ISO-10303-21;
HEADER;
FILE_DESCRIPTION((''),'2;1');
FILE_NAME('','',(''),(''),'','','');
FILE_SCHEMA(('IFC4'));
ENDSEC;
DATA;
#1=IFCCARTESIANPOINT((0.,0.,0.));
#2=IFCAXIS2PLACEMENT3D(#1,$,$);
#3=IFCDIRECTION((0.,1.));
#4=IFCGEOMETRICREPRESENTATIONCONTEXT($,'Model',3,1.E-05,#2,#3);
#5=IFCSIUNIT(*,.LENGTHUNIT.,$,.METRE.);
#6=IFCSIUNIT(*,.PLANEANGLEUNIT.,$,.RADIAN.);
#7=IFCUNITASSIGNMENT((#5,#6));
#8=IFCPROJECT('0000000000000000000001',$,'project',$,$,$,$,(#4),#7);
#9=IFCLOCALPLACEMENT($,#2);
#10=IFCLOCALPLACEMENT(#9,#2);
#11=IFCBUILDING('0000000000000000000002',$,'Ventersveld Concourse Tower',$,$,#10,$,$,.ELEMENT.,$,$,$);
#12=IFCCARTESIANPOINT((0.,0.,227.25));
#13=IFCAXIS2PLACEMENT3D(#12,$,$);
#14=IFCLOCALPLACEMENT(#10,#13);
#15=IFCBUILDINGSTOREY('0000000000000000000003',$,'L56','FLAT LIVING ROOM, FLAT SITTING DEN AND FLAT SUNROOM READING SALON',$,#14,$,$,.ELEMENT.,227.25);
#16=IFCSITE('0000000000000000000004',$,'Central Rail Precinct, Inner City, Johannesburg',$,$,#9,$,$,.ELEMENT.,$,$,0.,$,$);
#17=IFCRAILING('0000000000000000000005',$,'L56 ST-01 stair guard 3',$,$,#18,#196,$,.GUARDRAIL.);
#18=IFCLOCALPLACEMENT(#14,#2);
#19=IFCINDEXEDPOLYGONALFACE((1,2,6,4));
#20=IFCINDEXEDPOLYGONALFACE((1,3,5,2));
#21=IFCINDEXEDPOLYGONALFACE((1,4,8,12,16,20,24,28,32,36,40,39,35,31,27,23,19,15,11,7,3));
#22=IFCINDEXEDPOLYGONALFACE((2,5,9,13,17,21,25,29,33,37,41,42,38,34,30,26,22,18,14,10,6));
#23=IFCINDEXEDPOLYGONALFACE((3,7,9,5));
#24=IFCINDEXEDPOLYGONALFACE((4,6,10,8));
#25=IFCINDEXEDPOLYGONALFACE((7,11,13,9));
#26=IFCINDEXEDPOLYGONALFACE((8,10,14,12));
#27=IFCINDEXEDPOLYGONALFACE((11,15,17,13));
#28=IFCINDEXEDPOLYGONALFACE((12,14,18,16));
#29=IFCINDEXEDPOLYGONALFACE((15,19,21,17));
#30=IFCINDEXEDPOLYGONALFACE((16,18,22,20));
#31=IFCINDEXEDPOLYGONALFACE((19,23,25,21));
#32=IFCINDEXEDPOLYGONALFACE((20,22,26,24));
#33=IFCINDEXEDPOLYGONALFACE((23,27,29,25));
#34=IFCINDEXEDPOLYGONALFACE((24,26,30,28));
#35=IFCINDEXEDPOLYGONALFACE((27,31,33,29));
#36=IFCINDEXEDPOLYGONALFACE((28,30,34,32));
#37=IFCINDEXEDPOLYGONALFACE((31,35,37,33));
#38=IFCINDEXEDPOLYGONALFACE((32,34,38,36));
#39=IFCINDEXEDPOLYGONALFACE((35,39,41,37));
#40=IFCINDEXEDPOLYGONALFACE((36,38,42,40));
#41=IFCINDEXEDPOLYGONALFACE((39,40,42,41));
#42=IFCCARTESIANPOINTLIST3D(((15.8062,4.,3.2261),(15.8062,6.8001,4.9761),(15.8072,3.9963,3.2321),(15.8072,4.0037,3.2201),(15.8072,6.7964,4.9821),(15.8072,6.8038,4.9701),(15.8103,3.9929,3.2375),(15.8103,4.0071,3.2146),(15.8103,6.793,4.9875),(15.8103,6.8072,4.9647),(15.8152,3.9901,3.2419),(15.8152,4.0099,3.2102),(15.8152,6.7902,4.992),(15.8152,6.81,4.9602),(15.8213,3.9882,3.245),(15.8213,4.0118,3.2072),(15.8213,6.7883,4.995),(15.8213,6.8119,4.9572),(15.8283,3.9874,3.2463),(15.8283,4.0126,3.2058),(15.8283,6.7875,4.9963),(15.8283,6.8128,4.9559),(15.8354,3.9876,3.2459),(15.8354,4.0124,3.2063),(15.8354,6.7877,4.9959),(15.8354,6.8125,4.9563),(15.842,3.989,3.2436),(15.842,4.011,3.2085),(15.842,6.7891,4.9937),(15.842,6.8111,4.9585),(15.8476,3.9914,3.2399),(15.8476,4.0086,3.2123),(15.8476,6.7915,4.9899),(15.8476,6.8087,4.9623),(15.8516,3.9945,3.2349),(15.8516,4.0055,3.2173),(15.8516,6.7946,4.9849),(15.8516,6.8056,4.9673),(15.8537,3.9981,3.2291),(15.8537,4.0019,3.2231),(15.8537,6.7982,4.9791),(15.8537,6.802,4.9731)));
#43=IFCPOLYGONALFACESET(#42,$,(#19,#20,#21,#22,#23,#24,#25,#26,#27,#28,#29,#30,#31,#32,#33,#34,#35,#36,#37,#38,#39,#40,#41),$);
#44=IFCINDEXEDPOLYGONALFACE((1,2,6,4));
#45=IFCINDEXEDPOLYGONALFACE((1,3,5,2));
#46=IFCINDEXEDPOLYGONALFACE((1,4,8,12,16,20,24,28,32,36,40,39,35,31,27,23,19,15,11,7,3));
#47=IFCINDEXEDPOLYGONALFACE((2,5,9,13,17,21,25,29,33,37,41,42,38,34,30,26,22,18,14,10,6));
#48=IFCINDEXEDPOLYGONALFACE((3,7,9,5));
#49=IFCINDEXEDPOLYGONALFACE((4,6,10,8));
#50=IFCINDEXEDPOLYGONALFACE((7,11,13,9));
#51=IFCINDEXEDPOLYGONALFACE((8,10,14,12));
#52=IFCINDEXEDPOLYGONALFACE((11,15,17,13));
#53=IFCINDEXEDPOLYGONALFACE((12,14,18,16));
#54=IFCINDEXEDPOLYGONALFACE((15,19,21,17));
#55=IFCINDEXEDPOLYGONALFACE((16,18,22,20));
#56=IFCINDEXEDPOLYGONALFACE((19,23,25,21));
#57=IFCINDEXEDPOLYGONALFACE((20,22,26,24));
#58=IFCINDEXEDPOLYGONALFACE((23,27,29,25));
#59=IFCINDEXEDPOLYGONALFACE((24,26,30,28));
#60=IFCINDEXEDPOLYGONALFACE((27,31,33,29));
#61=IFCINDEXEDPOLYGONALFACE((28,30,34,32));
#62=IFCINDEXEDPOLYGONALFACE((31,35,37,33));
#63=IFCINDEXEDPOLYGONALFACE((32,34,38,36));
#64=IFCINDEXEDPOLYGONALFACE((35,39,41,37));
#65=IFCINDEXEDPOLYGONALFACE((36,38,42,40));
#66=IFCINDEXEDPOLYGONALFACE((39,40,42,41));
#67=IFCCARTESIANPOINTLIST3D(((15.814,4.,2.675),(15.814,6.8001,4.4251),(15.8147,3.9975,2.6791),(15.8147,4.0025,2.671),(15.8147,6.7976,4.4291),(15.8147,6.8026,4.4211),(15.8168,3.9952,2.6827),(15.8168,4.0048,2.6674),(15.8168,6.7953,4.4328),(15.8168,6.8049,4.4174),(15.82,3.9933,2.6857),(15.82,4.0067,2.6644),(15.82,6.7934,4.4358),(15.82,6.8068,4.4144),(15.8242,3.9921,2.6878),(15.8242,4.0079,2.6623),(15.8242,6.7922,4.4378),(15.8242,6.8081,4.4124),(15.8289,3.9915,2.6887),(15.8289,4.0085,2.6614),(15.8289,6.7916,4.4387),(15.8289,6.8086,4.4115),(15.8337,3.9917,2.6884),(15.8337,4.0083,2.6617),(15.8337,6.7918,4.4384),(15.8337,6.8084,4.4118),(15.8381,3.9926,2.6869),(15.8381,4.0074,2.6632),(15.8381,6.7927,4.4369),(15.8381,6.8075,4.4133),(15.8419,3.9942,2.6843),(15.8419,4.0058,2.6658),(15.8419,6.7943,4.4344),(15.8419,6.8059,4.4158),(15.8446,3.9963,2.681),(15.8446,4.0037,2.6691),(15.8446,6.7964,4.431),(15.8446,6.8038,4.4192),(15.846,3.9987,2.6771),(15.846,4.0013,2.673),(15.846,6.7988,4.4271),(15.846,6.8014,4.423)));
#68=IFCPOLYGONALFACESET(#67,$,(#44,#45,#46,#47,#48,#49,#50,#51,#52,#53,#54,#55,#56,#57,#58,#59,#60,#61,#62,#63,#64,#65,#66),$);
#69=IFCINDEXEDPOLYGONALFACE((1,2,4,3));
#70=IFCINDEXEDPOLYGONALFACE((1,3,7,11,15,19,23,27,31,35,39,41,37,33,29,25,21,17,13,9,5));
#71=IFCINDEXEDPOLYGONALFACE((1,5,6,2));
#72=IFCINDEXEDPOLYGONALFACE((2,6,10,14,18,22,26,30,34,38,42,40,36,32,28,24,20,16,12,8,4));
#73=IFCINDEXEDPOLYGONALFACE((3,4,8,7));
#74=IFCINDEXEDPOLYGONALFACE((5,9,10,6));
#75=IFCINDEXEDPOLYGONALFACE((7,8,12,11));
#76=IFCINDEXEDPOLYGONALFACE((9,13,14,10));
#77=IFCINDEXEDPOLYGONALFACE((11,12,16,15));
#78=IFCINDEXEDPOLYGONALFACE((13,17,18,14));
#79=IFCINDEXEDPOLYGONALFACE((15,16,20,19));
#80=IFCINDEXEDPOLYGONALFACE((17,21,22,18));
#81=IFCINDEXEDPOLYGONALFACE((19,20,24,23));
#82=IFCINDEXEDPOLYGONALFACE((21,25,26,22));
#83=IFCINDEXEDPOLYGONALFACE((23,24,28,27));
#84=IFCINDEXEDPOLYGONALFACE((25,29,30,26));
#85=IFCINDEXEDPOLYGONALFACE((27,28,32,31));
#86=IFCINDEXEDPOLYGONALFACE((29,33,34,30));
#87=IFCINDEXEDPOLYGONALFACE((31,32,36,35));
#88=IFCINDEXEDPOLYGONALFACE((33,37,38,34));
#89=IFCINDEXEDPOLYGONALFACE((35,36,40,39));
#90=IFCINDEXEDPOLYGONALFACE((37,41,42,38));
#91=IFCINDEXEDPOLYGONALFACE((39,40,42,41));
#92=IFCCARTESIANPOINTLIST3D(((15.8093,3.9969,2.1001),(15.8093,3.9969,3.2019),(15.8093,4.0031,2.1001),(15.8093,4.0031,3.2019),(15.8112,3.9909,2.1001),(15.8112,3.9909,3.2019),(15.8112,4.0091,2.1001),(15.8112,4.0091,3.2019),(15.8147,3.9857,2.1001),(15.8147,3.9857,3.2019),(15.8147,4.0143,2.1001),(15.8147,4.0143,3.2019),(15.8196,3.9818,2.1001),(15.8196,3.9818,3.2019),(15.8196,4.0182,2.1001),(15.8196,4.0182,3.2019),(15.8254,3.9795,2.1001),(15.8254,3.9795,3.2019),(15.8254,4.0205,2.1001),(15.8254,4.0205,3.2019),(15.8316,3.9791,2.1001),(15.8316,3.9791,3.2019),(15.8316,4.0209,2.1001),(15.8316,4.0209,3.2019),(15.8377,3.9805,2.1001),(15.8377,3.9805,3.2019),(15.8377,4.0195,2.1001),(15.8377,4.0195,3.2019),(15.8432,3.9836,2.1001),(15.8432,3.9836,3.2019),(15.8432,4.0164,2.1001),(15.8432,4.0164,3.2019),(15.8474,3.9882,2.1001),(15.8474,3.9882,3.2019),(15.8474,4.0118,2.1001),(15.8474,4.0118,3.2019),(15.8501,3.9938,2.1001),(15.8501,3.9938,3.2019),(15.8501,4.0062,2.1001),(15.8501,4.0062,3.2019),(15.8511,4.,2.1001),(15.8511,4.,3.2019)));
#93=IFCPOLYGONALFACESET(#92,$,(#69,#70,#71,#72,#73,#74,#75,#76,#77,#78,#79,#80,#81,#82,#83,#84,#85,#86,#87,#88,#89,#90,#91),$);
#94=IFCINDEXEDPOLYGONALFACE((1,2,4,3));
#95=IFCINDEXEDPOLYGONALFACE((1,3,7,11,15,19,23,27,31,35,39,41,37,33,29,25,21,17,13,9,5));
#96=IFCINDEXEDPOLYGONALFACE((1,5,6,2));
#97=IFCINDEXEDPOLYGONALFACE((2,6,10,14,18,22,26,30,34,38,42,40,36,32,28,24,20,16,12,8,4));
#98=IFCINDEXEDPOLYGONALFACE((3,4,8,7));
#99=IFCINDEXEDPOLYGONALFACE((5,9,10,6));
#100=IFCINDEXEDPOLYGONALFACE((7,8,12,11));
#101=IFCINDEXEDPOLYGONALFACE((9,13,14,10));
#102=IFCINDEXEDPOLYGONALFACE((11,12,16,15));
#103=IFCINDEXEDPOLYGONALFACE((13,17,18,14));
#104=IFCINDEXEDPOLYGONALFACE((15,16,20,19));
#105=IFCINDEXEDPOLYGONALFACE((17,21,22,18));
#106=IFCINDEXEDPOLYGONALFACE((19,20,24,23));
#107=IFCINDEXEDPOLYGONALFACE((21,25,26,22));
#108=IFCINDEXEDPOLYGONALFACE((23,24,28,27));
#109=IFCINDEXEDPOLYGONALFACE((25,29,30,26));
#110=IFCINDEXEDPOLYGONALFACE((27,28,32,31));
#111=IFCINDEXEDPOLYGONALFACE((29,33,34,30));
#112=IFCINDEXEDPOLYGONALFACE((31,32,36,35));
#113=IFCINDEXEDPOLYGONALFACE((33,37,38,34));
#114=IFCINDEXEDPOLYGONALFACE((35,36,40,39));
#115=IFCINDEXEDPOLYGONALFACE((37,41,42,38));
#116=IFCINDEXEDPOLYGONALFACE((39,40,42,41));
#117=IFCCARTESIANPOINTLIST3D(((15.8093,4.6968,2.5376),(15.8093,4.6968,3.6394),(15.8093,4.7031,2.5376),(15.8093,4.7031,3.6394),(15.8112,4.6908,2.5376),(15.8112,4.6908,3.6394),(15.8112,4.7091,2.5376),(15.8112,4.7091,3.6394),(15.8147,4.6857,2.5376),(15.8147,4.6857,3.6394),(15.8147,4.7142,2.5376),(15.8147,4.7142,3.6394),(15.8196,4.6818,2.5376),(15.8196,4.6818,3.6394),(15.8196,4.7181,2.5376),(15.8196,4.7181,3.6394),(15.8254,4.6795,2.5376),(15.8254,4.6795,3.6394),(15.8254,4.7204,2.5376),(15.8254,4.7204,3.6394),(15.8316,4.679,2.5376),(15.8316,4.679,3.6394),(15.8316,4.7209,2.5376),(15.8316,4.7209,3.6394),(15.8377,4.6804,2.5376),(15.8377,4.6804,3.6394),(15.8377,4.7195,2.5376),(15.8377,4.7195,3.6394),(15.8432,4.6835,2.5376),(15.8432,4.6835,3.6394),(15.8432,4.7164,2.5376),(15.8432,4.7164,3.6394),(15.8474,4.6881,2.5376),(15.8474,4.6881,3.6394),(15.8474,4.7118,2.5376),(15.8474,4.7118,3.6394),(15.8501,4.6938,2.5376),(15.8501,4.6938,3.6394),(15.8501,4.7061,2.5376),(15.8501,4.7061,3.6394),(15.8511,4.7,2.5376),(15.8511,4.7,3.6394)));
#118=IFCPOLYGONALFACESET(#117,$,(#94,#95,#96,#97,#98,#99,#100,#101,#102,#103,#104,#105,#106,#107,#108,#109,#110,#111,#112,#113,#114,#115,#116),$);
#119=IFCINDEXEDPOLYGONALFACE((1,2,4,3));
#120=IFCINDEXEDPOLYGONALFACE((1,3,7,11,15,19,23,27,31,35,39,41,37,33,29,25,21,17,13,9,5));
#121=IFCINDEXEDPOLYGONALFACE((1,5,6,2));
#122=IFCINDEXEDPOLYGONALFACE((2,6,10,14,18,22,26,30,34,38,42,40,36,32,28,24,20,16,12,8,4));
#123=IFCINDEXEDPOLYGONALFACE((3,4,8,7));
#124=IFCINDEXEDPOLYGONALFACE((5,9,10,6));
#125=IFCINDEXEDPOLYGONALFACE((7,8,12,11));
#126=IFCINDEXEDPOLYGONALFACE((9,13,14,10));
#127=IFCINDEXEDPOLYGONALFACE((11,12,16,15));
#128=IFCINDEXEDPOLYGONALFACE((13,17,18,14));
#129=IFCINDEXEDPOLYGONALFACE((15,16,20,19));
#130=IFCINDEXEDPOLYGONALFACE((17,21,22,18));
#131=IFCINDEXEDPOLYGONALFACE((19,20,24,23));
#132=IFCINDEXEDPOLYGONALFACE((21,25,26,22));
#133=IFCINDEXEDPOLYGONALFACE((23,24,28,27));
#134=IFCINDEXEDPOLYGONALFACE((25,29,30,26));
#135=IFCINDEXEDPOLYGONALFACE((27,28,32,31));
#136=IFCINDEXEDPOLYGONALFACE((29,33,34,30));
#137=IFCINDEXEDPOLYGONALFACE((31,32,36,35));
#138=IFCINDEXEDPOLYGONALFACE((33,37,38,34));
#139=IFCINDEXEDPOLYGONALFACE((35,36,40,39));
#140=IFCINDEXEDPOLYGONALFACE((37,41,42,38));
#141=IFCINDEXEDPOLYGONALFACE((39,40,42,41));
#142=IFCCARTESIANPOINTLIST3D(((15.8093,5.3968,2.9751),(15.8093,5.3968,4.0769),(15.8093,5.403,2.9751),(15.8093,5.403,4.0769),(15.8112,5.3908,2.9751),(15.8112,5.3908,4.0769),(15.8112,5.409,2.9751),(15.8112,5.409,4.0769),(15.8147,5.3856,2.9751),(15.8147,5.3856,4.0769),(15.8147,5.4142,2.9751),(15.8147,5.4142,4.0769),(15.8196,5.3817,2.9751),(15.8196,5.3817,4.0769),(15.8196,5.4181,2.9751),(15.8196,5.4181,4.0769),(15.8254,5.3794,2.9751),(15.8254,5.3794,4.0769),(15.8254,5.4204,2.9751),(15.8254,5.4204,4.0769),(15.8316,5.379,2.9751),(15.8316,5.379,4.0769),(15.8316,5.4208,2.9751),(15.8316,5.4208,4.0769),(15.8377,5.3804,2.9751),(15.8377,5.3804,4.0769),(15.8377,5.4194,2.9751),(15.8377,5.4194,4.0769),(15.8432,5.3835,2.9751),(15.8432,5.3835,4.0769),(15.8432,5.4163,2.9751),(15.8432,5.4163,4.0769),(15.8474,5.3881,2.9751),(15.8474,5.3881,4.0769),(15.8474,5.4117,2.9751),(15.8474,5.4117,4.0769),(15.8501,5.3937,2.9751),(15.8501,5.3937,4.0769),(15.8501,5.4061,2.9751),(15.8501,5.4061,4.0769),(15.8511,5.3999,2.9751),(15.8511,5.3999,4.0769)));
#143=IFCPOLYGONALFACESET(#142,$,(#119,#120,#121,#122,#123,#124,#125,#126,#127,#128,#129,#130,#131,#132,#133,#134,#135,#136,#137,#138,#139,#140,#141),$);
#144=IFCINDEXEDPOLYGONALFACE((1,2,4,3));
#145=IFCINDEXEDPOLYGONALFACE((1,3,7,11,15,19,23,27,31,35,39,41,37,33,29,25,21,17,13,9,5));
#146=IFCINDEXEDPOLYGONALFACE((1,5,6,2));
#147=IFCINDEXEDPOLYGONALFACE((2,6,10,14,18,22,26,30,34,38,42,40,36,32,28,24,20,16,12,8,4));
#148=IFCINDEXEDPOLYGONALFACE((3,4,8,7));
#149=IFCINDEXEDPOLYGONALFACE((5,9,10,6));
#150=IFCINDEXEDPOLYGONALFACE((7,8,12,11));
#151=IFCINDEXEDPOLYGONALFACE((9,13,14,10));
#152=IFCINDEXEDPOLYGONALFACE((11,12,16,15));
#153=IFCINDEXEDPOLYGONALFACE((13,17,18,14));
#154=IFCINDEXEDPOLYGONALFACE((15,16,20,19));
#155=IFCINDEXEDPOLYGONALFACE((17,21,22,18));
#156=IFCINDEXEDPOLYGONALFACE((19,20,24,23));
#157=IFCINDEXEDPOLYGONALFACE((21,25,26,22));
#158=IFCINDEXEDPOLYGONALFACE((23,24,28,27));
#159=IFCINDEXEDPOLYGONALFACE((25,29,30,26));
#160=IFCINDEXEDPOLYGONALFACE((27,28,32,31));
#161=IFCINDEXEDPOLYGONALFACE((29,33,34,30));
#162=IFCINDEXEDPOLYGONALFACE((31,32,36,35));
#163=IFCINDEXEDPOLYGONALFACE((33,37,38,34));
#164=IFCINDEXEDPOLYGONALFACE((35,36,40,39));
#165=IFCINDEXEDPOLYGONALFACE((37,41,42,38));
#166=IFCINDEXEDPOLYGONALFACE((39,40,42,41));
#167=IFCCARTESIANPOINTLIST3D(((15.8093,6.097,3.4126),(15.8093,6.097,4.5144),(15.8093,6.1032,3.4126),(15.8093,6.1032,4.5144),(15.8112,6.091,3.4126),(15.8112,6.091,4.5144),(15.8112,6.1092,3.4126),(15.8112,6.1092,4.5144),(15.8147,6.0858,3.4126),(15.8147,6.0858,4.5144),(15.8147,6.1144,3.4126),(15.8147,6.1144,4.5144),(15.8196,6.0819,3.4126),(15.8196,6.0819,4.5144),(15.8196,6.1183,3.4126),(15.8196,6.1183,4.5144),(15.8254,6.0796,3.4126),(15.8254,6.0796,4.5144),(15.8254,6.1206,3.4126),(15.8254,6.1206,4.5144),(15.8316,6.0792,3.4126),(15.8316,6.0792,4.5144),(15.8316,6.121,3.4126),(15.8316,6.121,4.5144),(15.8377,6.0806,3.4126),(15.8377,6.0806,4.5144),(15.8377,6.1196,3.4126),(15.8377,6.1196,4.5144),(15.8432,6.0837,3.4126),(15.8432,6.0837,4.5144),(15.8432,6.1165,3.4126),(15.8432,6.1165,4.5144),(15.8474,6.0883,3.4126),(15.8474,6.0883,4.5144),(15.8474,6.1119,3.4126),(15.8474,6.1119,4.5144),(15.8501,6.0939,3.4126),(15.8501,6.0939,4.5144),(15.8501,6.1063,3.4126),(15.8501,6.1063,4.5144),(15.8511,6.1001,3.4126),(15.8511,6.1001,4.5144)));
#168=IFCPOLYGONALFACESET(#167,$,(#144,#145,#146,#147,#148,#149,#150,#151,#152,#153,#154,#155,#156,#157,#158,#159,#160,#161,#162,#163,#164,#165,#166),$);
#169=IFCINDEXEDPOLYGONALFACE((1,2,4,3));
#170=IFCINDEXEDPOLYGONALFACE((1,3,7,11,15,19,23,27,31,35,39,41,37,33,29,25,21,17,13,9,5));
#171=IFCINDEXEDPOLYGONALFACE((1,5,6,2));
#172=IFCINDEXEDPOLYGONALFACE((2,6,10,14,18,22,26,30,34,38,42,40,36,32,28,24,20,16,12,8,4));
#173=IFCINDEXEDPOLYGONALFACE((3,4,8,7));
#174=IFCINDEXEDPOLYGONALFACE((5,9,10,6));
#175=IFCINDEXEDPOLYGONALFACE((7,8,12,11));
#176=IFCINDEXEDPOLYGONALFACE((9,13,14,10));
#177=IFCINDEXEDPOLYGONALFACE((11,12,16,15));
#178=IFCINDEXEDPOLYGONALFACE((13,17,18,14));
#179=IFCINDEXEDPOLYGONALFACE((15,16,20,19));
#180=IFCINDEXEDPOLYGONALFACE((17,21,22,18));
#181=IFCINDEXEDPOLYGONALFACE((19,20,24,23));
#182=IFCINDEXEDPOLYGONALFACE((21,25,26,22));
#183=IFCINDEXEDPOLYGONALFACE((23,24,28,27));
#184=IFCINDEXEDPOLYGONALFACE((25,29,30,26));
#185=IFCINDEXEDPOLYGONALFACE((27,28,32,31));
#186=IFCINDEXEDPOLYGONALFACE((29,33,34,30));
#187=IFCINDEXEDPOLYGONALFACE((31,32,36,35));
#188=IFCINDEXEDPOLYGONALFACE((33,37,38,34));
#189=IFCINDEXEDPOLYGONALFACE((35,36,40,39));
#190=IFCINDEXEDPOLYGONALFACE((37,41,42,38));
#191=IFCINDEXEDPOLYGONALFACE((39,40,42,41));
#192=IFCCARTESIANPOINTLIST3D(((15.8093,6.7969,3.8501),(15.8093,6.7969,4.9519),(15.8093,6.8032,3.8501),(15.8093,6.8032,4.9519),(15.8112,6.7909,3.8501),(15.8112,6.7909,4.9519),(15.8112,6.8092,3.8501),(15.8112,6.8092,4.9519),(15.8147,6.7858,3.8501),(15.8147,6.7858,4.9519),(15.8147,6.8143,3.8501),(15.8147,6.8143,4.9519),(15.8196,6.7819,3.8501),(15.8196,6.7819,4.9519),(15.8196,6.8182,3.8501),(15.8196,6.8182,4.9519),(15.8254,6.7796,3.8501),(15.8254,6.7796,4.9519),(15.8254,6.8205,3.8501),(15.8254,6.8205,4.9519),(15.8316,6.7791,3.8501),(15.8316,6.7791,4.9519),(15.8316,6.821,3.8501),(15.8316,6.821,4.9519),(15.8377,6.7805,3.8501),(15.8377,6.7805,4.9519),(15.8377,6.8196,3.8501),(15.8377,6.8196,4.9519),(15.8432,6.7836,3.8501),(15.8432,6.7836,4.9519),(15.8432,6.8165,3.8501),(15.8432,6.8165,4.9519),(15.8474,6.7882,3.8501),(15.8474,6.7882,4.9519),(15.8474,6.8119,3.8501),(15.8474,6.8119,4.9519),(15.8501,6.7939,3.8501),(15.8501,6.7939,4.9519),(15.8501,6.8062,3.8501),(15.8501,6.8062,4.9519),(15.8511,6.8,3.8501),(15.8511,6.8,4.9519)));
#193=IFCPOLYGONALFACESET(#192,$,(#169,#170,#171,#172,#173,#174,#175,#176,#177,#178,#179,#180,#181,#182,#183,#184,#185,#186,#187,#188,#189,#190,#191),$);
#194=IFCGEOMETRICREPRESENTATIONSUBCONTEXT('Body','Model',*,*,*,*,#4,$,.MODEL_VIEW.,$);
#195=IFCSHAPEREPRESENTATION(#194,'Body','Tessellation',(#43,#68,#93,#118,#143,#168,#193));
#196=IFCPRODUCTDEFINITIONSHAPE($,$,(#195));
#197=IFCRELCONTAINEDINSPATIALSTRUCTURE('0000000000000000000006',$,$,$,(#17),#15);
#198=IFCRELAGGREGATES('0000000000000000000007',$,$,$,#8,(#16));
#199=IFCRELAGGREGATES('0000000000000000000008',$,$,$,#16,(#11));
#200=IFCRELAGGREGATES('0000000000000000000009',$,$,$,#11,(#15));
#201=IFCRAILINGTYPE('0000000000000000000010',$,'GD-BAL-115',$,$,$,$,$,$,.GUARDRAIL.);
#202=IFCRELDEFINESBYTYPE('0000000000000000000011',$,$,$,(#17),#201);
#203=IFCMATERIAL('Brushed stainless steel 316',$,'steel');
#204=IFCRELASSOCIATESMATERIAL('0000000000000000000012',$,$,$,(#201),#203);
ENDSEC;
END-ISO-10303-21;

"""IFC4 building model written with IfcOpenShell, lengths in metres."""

from ifc_helpers import new_model, si_unit, direction, frame, origin, origin_2d, place, context, subcontext, project, spatial, circle, extrude, material, type_object, element, save


model = new_model("IFC4")

# Units and contexts
model_context = context("Model", 3, precision=1e-05, world=origin(), true_north=direction((0.0, 1.0)))
body_context = subcontext(model_context, "Body", "Model", "MODEL_VIEW")
ifc_project = project(units=[si_unit("LENGTHUNIT", "METRE"), si_unit("PLANEANGLEUNIT", "RADIAN")], contexts=[model_context])

# Site, building, storey
site_placement = place(None, origin())
site = spatial("IfcSite", under=ifc_project, at=site_placement, Name="Central Rail Precinct, Inner City, Johannesburg", CompositionType="ELEMENT", RefElevation=0.0)
building_placement = place(site_placement, origin())
building = spatial("IfcBuilding", under=site, at=building_placement, Name="Ventersveld Concourse Tower", CompositionType="ELEMENT")
storey_placement = place(building_placement, frame((0.0, 0.0, 227.25)))
storey = spatial("IfcBuildingStorey", under=building, at=storey_placement, Name="L56", Description="FLAT LIVING ROOM, FLAT SITTING DEN AND FLAT SUNROOM READING SALON", CompositionType="ELEMENT", Elevation=227.25)

# Shared definitions
ifc_material_1 = material(Name="Brushed stainless steel 316", Category="steel")

# Railing
railing_type_1 = type_object("IfcRailingType", Name="GD-BAL-115", PredefinedType="GUARDRAIL", material=ifc_material_1)
railing_1_placement = place(storey_placement, frame((15.8301, 4.0, 2.1001)))
element("IfcRailing", 1, at=railing_1_placement, inside=storey, type_object=railing_type_1, Name="L56 ST-01 stair guard 3", PredefinedType="GUARDRAIL", context=body_context, shape_type="SweptSolid", body=[
    extrude(circle(Radius=0.0239, at=origin_2d()), frame((0.0, 0.0, 1.126), z_axis=(0.0, 0.848002, 0.529992), x_axis=(-1.0, 0.0, 0.0)), (0.0, 0.0, 1.0), 3.302),
    extrude(circle(Radius=0.0161, at=origin_2d()), frame((0.0, 0.0, 0.575), z_axis=(0.0, 0.848002, 0.529992), x_axis=(-1.0, 0.0, 0.0)), (0.0, 0.0, 1.0), 3.302),
    extrude(circle(Radius=0.021, at=origin_2d()), origin(), (0.0, 0.0, 1.0), 1.1018),
    extrude(circle(Radius=0.021, at=origin_2d()), frame((0.0, 0.7, 0.4375)), (0.0, 0.0, 1.0), 1.1018),
    extrude(circle(Radius=0.021, at=origin_2d()), frame((0.0, 1.3999, 0.875)), (0.0, 0.0, 1.0), 1.1018),
    extrude(circle(Radius=0.021, at=origin_2d()), frame((0.0, 2.1001, 1.3125)), (0.0, 0.0, 1.0), 1.1018),
    extrude(circle(Radius=0.021, at=origin_2d()), frame((0.0, 2.8, 1.75)), (0.0, 0.0, 1.0), 1.1018),
])

save(model, "model.ifc")
